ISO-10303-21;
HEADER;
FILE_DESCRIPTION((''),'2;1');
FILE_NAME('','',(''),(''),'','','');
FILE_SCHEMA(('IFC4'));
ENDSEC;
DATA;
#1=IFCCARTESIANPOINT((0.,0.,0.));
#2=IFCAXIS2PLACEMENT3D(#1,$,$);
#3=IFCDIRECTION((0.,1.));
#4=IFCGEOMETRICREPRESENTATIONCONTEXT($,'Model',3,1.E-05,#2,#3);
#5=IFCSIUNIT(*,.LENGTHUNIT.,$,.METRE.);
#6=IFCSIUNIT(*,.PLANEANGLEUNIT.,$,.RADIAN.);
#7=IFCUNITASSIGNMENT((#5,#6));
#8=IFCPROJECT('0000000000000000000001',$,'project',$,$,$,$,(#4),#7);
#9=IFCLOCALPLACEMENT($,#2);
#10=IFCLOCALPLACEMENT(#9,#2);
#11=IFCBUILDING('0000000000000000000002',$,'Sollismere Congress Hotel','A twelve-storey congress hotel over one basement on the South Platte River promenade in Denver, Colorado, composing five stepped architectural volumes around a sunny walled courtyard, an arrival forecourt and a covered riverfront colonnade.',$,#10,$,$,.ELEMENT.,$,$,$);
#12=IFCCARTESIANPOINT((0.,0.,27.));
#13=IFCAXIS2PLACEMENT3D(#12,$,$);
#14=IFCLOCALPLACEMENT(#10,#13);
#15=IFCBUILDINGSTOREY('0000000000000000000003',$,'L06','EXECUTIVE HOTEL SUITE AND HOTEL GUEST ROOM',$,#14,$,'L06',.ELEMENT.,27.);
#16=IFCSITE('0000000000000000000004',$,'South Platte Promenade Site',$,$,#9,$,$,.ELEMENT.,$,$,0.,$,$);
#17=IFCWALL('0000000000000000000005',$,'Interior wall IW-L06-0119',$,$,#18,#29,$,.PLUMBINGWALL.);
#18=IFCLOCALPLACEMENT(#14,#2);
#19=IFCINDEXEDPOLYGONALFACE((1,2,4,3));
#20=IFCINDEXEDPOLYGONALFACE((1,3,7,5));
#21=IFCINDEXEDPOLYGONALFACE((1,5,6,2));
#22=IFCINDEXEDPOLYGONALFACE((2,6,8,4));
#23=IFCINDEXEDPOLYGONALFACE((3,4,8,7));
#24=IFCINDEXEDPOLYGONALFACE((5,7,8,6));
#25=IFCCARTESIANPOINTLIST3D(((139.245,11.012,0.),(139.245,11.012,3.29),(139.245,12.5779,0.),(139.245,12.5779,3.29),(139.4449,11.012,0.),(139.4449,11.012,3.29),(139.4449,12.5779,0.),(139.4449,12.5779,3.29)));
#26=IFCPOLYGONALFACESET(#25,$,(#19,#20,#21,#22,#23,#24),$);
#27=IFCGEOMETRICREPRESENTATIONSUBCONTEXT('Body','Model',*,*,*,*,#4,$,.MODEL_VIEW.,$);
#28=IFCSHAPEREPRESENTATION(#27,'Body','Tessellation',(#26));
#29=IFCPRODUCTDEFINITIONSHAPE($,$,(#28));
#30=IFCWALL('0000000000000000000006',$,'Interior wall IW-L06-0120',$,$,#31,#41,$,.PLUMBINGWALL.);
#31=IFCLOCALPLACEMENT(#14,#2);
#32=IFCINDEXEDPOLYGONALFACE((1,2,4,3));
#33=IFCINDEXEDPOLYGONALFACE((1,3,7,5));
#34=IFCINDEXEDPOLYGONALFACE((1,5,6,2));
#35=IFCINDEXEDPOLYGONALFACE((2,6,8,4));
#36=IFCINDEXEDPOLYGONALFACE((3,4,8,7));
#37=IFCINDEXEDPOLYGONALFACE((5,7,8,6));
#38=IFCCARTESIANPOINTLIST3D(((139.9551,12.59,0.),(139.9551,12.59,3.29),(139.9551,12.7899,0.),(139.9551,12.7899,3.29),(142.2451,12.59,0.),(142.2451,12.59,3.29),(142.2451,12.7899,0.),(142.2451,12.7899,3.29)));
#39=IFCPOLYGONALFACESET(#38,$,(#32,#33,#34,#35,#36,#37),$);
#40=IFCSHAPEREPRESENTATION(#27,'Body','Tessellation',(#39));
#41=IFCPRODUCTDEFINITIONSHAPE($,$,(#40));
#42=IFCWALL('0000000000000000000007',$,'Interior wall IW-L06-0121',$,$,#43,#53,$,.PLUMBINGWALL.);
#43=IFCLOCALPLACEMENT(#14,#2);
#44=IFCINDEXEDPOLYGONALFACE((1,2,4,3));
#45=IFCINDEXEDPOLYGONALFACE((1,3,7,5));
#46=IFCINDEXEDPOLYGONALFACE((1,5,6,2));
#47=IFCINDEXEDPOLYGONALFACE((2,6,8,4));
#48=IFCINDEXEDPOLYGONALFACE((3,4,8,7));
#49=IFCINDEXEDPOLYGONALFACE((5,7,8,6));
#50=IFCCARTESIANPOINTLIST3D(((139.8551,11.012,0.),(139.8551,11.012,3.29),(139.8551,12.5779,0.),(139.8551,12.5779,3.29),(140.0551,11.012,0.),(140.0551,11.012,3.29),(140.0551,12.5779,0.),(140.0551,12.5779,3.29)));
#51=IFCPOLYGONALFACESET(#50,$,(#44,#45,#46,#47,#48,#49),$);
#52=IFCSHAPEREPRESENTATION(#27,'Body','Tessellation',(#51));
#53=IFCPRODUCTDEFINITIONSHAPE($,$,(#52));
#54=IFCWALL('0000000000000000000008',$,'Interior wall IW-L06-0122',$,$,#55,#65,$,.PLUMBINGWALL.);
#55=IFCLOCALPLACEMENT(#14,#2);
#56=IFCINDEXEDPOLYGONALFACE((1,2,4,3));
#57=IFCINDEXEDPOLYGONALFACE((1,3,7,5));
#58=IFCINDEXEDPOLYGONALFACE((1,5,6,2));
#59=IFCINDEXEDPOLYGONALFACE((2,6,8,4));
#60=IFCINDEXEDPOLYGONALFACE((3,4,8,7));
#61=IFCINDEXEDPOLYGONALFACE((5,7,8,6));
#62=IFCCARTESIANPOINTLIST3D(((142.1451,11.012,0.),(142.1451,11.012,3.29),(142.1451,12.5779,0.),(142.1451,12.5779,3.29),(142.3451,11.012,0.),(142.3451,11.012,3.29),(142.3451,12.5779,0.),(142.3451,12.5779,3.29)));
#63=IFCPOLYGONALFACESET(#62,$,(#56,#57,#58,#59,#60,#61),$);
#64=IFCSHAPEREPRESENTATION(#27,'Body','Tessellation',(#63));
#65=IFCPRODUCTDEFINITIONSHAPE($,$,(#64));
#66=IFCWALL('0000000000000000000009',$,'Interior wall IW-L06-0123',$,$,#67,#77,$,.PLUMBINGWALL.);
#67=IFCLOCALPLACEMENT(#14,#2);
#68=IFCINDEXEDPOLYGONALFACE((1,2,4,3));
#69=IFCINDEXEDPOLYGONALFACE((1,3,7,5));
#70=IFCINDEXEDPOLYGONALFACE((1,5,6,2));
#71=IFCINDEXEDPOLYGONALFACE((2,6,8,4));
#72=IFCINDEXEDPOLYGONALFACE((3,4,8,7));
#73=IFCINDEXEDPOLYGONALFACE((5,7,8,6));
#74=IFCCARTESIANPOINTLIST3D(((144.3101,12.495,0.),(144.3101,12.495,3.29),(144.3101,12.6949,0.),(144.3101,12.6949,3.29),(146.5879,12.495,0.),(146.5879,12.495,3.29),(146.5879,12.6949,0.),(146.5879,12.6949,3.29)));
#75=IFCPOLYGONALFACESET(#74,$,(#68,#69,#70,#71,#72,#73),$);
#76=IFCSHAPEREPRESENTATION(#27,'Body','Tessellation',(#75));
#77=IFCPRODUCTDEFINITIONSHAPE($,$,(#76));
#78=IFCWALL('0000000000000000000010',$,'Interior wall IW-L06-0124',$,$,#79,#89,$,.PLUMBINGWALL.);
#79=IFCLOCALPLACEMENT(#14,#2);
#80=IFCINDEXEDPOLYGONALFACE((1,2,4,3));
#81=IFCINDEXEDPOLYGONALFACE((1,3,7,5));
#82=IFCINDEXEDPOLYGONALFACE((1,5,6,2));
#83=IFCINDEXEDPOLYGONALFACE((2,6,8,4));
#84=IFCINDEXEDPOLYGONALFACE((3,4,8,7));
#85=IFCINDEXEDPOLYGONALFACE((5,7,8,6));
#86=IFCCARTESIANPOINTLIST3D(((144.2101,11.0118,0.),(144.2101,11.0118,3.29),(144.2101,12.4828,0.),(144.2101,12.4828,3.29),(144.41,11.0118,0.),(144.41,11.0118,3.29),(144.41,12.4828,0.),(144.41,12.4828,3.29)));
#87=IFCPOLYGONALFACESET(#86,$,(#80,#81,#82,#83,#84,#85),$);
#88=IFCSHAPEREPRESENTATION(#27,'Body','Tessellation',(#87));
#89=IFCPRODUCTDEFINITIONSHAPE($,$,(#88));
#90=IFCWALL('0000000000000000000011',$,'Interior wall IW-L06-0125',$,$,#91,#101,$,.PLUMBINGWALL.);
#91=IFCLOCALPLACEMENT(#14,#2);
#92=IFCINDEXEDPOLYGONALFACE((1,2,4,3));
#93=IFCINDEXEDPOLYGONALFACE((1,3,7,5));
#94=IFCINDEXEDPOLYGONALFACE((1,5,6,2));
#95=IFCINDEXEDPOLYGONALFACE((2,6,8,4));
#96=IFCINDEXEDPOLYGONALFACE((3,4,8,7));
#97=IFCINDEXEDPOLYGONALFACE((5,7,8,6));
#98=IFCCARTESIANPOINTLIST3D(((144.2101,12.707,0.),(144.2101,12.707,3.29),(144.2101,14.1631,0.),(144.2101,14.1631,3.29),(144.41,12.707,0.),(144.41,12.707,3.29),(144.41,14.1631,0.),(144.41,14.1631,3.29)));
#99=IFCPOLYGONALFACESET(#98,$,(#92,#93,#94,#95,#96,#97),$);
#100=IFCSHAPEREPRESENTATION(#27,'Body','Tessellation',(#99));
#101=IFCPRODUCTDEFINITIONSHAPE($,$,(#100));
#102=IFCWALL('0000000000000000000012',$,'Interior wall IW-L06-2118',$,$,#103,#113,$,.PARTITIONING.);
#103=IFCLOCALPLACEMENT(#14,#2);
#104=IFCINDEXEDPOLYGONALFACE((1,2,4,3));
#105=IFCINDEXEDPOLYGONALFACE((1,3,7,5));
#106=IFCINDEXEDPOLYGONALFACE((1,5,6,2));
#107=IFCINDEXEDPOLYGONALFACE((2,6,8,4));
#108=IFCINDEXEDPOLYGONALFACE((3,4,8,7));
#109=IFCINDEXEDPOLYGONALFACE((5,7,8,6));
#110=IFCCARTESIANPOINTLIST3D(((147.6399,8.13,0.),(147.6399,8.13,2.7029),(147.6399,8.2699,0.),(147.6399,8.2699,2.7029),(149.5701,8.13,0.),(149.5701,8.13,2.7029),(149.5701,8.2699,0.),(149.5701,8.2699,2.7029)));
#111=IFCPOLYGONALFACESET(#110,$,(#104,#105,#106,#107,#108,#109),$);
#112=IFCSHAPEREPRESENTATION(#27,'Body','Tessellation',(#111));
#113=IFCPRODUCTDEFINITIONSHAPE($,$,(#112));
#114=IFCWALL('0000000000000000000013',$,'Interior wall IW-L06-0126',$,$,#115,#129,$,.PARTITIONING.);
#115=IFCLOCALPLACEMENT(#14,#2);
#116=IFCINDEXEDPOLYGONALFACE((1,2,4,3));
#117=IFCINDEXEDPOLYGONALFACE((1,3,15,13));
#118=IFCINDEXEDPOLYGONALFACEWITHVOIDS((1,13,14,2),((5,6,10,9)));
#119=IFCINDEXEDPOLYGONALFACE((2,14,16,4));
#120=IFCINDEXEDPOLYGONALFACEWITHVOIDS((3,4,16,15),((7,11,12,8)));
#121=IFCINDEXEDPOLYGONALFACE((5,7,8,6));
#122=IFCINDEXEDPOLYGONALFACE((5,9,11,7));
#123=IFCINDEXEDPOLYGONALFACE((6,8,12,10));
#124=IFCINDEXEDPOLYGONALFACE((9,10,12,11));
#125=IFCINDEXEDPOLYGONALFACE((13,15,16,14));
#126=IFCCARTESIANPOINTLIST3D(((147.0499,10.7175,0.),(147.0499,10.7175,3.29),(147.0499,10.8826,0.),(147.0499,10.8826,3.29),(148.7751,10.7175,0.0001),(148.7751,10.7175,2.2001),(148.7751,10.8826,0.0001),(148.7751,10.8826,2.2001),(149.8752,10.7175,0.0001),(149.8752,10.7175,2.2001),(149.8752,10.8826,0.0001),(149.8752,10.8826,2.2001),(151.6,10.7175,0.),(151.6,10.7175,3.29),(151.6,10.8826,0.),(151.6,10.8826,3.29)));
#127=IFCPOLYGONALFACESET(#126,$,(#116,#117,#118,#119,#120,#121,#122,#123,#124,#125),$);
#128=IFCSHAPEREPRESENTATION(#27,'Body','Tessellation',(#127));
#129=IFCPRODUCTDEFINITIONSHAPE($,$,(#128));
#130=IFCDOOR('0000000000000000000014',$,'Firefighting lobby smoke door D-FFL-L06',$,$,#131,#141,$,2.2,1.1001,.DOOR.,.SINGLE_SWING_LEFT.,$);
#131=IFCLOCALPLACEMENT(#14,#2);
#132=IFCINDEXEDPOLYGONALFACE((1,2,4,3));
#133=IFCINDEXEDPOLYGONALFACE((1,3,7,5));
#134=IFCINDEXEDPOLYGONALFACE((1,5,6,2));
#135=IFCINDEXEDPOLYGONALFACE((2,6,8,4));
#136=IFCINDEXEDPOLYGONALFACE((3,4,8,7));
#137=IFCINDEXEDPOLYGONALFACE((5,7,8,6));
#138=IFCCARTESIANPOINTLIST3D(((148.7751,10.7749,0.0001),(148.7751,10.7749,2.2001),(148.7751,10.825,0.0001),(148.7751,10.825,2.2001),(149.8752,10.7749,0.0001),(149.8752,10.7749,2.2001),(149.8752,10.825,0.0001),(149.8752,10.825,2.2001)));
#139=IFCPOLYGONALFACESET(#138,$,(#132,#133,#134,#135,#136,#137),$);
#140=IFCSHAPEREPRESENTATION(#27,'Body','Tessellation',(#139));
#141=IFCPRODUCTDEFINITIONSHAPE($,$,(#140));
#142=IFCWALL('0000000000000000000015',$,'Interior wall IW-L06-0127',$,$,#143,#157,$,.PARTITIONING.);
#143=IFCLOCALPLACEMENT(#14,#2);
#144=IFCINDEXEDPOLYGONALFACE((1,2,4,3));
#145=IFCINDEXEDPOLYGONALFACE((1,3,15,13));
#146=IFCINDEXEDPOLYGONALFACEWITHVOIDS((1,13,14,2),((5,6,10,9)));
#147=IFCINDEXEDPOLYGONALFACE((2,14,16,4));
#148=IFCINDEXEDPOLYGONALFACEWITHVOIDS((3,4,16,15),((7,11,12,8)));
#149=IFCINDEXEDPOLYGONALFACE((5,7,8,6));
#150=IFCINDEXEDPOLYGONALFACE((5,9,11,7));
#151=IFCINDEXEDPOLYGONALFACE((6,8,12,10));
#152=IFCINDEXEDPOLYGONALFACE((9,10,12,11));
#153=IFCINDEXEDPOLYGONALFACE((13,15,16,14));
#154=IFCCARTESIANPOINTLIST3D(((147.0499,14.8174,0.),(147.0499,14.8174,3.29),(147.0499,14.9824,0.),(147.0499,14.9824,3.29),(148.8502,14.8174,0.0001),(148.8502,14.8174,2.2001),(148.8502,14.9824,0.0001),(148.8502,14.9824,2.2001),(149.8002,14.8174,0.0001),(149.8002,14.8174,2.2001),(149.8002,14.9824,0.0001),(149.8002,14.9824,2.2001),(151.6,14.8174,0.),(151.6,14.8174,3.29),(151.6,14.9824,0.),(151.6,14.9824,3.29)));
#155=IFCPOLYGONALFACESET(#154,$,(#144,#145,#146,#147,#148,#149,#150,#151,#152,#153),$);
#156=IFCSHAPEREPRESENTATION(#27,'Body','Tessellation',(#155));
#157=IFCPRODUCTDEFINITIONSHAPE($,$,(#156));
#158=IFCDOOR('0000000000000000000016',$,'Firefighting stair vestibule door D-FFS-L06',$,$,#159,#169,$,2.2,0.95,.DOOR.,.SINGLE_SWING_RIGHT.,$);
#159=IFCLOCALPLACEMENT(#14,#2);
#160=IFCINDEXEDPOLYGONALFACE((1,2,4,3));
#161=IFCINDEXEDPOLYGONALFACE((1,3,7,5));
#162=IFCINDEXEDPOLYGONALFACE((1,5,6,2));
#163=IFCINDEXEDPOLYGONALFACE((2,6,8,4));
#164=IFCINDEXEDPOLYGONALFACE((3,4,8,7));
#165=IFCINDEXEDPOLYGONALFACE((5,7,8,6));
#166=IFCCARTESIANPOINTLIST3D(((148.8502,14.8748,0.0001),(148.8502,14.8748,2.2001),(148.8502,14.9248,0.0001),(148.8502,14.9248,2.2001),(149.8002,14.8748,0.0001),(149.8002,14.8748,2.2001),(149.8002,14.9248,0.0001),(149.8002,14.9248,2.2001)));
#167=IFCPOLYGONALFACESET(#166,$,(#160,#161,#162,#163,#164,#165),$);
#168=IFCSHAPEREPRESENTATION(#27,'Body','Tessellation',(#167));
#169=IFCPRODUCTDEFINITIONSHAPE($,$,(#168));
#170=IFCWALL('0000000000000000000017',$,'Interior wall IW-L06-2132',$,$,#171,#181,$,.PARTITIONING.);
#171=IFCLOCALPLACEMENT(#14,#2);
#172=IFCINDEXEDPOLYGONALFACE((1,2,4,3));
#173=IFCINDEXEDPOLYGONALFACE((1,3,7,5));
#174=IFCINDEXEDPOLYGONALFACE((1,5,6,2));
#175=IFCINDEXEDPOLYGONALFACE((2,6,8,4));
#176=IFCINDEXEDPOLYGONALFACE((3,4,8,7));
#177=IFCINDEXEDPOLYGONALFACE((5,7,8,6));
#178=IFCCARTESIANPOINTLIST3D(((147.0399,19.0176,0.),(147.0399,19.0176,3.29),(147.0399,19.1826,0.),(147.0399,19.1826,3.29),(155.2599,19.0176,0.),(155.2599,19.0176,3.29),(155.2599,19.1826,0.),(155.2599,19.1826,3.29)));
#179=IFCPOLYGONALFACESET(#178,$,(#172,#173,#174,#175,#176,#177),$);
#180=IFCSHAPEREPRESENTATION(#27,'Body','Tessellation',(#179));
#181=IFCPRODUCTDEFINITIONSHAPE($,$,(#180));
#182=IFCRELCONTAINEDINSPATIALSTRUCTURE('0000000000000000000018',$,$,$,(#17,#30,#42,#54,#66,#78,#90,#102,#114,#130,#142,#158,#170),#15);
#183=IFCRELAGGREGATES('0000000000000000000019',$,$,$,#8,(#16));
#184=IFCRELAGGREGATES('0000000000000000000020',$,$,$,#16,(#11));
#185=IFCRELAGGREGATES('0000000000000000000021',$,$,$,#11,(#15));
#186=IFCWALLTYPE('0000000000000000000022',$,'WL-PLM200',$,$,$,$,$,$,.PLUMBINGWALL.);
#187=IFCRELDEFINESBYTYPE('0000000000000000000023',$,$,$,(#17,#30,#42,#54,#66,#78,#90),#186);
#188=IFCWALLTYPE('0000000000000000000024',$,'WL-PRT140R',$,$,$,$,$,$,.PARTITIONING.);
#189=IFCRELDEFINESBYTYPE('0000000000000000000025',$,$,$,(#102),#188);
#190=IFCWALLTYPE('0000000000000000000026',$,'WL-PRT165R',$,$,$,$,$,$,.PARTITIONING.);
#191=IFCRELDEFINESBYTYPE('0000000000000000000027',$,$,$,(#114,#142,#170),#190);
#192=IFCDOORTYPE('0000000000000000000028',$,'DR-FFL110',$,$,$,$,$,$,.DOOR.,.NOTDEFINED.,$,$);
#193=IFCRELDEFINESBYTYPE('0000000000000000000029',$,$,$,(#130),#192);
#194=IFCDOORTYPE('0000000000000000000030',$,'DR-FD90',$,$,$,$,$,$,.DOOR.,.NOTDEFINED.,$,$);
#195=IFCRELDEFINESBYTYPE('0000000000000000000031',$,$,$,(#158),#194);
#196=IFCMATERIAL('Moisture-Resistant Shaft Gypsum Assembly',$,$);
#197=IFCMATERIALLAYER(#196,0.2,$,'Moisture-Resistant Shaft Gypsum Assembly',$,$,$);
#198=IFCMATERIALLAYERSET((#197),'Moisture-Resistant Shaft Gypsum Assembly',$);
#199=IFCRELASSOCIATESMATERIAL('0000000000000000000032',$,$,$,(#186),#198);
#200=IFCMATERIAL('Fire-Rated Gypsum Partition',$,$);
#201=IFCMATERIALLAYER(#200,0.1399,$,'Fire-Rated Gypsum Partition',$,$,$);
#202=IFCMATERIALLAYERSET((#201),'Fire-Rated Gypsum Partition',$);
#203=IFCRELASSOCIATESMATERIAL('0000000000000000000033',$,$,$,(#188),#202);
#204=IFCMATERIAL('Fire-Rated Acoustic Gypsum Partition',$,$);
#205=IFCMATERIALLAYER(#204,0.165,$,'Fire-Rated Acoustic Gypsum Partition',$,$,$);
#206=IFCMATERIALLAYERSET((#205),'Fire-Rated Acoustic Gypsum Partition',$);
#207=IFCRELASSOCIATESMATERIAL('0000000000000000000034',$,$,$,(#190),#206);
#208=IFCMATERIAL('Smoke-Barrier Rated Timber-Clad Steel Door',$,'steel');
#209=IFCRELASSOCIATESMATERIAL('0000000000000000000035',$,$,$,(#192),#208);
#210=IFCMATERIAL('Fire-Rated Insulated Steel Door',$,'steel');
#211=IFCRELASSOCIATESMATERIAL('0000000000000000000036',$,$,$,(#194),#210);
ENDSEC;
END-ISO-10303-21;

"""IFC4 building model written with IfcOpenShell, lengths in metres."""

from ifc_helpers import new_model, si_unit, direction, frame, frame_2d, origin, place, context, subcontext, project, spatial, rectangle, extrude, material, layer, layer_set, type_object, element, fill, save


model = new_model("IFC4")

# Units and contexts
model_context = context("Model", 3, precision=1e-05, world=origin(), true_north=direction((0.0, 1.0)))
body_context = subcontext(model_context, "Body", "Model", "MODEL_VIEW")
ifc_project = project(units=[si_unit("LENGTHUNIT", "METRE"), si_unit("PLANEANGLEUNIT", "RADIAN")], contexts=[model_context])

# Site, building, storey
site_placement = place(None, origin())
site = spatial("IfcSite", under=ifc_project, at=site_placement, Name="South Platte Promenade Site", CompositionType="ELEMENT", RefElevation=0.0)
building_placement = place(site_placement, origin())
building = spatial("IfcBuilding", under=site, at=building_placement, Name="Sollismere Congress Hotel", Description="A twelve-storey congress hotel over one basement on the South Platte River promenade in Denver, Colorado, composing five stepped architectural volumes around a sunny walled courtyard, an arrival forecourt and a covered riverfront colonnade.", CompositionType="ELEMENT")
storey_placement = place(building_placement, frame((0.0, 0.0, 27.0)))
storey = spatial("IfcBuildingStorey", under=building, at=storey_placement, Name="L06", Description="EXECUTIVE HOTEL SUITE AND HOTEL GUEST ROOM", LongName="L06", CompositionType="ELEMENT", Elevation=27.0)

# Walls
ifc_material_1 = material(Name="Moisture-Resistant Shaft Gypsum Assembly")
ifc_layer_1 = layer(ifc_material_1, 0.2, Name="Moisture-Resistant Shaft Gypsum Assembly")
ifc_layer_set_1 = layer_set([ifc_layer_1], Name="Moisture-Resistant Shaft Gypsum Assembly")
wall_type_1 = type_object("IfcWallType", Name="WL-PLM200", PredefinedType="PLUMBINGWALL", material=ifc_layer_set_1)
wall_1_placement = place(storey_placement, frame((139.345, 11.012, 0.0), z_axis=(0.0, 0.0, 1.0), x_axis=(0.0, 1.0, 0.0)))
element("IfcWall", 1, at=wall_1_placement, inside=storey, type_object=wall_type_1, Name="Interior wall IW-L06-0119", PredefinedType="PLUMBINGWALL", context=body_context, shape_type="SweptSolid", body=[
    extrude(rectangle(XDim=1.5659, YDim=0.2, at=frame_2d((0.783, 0.0))), origin(), (0.0, 0.0, 1.0), 3.29),
])
wall_2_placement = place(storey_placement, frame((139.9551, 12.6899, 0.0), z_axis=(0.0, 0.0, 1.0), x_axis=(1.0, 0.0, 0.0)))
element("IfcWall", 2, at=wall_2_placement, inside=storey, type_object=wall_type_1, Name="Interior wall IW-L06-0120", PredefinedType="PLUMBINGWALL", context=body_context, shape_type="SweptSolid", body=[
    extrude(rectangle(XDim=2.29, YDim=0.2, at=frame_2d((1.145, 0.0))), origin(), (0.0, 0.0, 1.0), 3.29),
])
for number, where, z_axis, x_axis, name in (
    (3, (139.9551, 11.012, 0.0), (0.0, 0.0, 1.0), (0.0, 1.0, 0.0), "Interior wall IW-L06-0121"),
    (4, (142.2451, 11.012, 0.0), (0.0, 0.0, 1.0), (0.0, 1.0, 0.0), "Interior wall IW-L06-0122"),
):
    element("IfcWall", number, at=place(storey_placement, frame(where, z_axis=z_axis, x_axis=x_axis)), inside=storey, type_object=wall_type_1, Name=name, PredefinedType="PLUMBINGWALL", context=body_context, shape_type="SweptSolid", body=[
        extrude(rectangle(XDim=1.5659, YDim=0.2, at=frame_2d((0.783, 0.0))), origin(), (0.0, 0.0, 1.0), 3.29),
    ])
wall_3_placement = place(storey_placement, frame((144.3101, 12.595, 0.0), z_axis=(0.0, 0.0, 1.0), x_axis=(1.0, 0.0, 0.0)))
element("IfcWall", 5, at=wall_3_placement, inside=storey, type_object=wall_type_1, Name="Interior wall IW-L06-0123", PredefinedType="PLUMBINGWALL", context=body_context, shape_type="SweptSolid", body=[
    extrude(rectangle(XDim=2.2778, YDim=0.2, at=frame_2d((1.1389, 0.0))), origin(), (0.0, 0.0, 1.0), 3.29),
])
wall_4_placement = place(storey_placement, frame((144.3101, 11.012, 0.0), z_axis=(0.0, 0.0, 1.0), x_axis=(0.0, 1.0, 0.0)))
element("IfcWall", 6, at=wall_4_placement, inside=storey, type_object=wall_type_1, Name="Interior wall IW-L06-0124", PredefinedType="PLUMBINGWALL", context=body_context, shape_type="SweptSolid", body=[
    extrude(rectangle(XDim=1.4709, YDim=0.2, at=frame_2d((0.7354, 0.0))), origin(), (0.0, 0.0, 1.0), 3.29),
])
wall_5_placement = place(storey_placement, frame((144.3101, 12.707, 0.0), z_axis=(0.0, 0.0, 1.0), x_axis=(0.0, 1.0, 0.0)))
element("IfcWall", 7, at=wall_5_placement, inside=storey, type_object=wall_type_1, Name="Interior wall IW-L06-0125", PredefinedType="PLUMBINGWALL", context=body_context, shape_type="SweptSolid", body=[
    extrude(rectangle(XDim=1.4561, YDim=0.2, at=frame_2d((0.728, 0.0))), origin(), (0.0, 0.0, 1.0), 3.29),
])
ifc_material_2 = material(Name="Fire-Rated Gypsum Partition")
ifc_layer_2 = layer(ifc_material_2, 0.1399, Name="Fire-Rated Gypsum Partition")
ifc_layer_set_2 = layer_set([ifc_layer_2], Name="Fire-Rated Gypsum Partition")
wall_type_2 = type_object("IfcWallType", Name="WL-PRT140R", PredefinedType="PARTITIONING", material=ifc_layer_set_2)
wall_6_placement = place(storey_placement, frame((147.6399, 8.2, 0.0), z_axis=(0.0, 0.0, 1.0), x_axis=(1.0, 0.0, 0.0)))
element("IfcWall", 8, at=wall_6_placement, inside=storey, type_object=wall_type_2, Name="Interior wall IW-L06-2118", PredefinedType="PARTITIONING", context=body_context, shape_type="SweptSolid", body=[
    extrude(rectangle(XDim=1.9302, YDim=0.1399, at=frame_2d((0.9651, 0.0))), origin(), (0.0, 0.0, 1.0), 2.7029),
])

# Walls, openings, doors
ifc_material_3 = material(Name="Fire-Rated Acoustic Gypsum Partition")
ifc_layer_3 = layer(ifc_material_3, 0.165, Name="Fire-Rated Acoustic Gypsum Partition")
ifc_layer_set_3 = layer_set([ifc_layer_3], Name="Fire-Rated Acoustic Gypsum Partition")
wall_type_3 = type_object("IfcWallType", Name="WL-PRT165R", PredefinedType="PARTITIONING", material=ifc_layer_set_3)
wall_7_placement = place(storey_placement, frame((147.05, 10.8, 0.0), z_axis=(0.0, 0.0, 1.0), x_axis=(1.0, 0.0, 0.0)))
wall_7 = element("IfcWall", 9, at=wall_7_placement, inside=storey, type_object=wall_type_3, Name="Interior wall IW-L06-0126", PredefinedType="PARTITIONING", context=body_context, shape_type="SweptSolid", body=[
    extrude(rectangle(XDim=4.55, YDim=0.165, at=frame_2d((2.2749, 0.0))), origin(), (0.0, 0.0, 1.0), 3.29),
])
opening_1_placement = place(wall_7_placement, frame((1.7251, 0.0, 0.0)))
opening_1 = element("IfcOpeningElement", 10, at=opening_1_placement, cuts=wall_7, PredefinedType="OPENING", context=body_context, shape_type="SweptSolid", body=[
    extrude(rectangle(XDim=1.1001, YDim=2.2, at=frame_2d((0.55, 1.1001))), frame((0.0, 0.0925, 0.0), z_axis=(0.0, -1.0, 0.0), x_axis=(1.0, 0.0, 0.0)), (0.0, 0.0, 1.0), 0.1851),
])
ifc_material_4 = material(Name="Smoke-Barrier Rated Timber-Clad Steel Door", Category="steel")
door_type_1 = type_object("IfcDoorType", Name="DR-FFL110", OperationType="NOTDEFINED", PredefinedType="DOOR", material=ifc_material_4)
door_1_placement = place(opening_1_placement, origin())
door_1 = element("IfcDoor", 11, at=door_1_placement, inside=storey, type_object=door_type_1, Name="Firefighting lobby smoke door D-FFL-L06", OperationType="SINGLE_SWING_LEFT", OverallHeight=2.2, OverallWidth=1.1001, PredefinedType="DOOR", context=body_context, shape_type="SweptSolid", body=[
    extrude(rectangle(XDim=1.1001, YDim=2.2, at=frame_2d((0.55, 1.1001))), frame((0.0, 0.0249, 0.0), z_axis=(0.0, -1.0, 0.0), x_axis=(1.0, 0.0, 0.0)), (0.0, 0.0, 1.0), 0.05),
])
fill(opening_1, door_1)
wall_8_placement = place(storey_placement, frame((147.05, 14.8999, 0.0), z_axis=(0.0, 0.0, 1.0), x_axis=(1.0, 0.0, 0.0)))
wall_8 = element("IfcWall", 12, at=wall_8_placement, inside=storey, type_object=wall_type_3, Name="Interior wall IW-L06-0127", PredefinedType="PARTITIONING", context=body_context, shape_type="SweptSolid", body=[
    extrude(rectangle(XDim=4.55, YDim=0.165, at=frame_2d((2.2749, 0.0))), origin(), (0.0, 0.0, 1.0), 3.29),
])
opening_2_placement = place(wall_8_placement, frame((1.8, 0.0, 0.0)))
opening_2 = element("IfcOpeningElement", 13, at=opening_2_placement, cuts=wall_8, PredefinedType="OPENING", context=body_context, shape_type="SweptSolid", body=[
    extrude(rectangle(XDim=0.95, YDim=2.2, at=frame_2d((0.4751, 1.1001))), frame((0.0, 0.0925, 0.0), z_axis=(0.0, -1.0, 0.0), x_axis=(1.0, 0.0, 0.0)), (0.0, 0.0, 1.0), 0.1851),
])
ifc_material_5 = material(Name="Fire-Rated Insulated Steel Door", Category="steel")
door_type_2 = type_object("IfcDoorType", Name="DR-FD90", OperationType="NOTDEFINED", PredefinedType="DOOR", material=ifc_material_5)
door_2_placement = place(opening_2_placement, origin())
door_2 = element("IfcDoor", 14, at=door_2_placement, inside=storey, type_object=door_type_2, Name="Firefighting stair vestibule door D-FFS-L06", OperationType="SINGLE_SWING_RIGHT", OverallHeight=2.2, OverallWidth=0.95, PredefinedType="DOOR", context=body_context, shape_type="SweptSolid", body=[
    extrude(rectangle(XDim=0.95, YDim=2.2, at=frame_2d((0.4751, 1.1001))), frame((0.0, 0.0249, 0.0), z_axis=(0.0, -1.0, 0.0), x_axis=(1.0, 0.0, 0.0)), (0.0, 0.0, 1.0), 0.05),
])
fill(opening_2, door_2)

# Wall
wall_9_placement = place(storey_placement, frame((147.04, 19.1001, 0.0), z_axis=(0.0, 0.0, 1.0), x_axis=(1.0, 0.0, 0.0)))
element("IfcWall", 15, at=wall_9_placement, inside=storey, type_object=wall_type_3, Name="Interior wall IW-L06-2132", PredefinedType="PARTITIONING", context=body_context, shape_type="SweptSolid", body=[
    extrude(rectangle(XDim=8.22, YDim=0.165, at=frame_2d((4.1099, 0.0))), origin(), (0.0, 0.0, 1.0), 3.29),
])

save(model, "model.ifc")
